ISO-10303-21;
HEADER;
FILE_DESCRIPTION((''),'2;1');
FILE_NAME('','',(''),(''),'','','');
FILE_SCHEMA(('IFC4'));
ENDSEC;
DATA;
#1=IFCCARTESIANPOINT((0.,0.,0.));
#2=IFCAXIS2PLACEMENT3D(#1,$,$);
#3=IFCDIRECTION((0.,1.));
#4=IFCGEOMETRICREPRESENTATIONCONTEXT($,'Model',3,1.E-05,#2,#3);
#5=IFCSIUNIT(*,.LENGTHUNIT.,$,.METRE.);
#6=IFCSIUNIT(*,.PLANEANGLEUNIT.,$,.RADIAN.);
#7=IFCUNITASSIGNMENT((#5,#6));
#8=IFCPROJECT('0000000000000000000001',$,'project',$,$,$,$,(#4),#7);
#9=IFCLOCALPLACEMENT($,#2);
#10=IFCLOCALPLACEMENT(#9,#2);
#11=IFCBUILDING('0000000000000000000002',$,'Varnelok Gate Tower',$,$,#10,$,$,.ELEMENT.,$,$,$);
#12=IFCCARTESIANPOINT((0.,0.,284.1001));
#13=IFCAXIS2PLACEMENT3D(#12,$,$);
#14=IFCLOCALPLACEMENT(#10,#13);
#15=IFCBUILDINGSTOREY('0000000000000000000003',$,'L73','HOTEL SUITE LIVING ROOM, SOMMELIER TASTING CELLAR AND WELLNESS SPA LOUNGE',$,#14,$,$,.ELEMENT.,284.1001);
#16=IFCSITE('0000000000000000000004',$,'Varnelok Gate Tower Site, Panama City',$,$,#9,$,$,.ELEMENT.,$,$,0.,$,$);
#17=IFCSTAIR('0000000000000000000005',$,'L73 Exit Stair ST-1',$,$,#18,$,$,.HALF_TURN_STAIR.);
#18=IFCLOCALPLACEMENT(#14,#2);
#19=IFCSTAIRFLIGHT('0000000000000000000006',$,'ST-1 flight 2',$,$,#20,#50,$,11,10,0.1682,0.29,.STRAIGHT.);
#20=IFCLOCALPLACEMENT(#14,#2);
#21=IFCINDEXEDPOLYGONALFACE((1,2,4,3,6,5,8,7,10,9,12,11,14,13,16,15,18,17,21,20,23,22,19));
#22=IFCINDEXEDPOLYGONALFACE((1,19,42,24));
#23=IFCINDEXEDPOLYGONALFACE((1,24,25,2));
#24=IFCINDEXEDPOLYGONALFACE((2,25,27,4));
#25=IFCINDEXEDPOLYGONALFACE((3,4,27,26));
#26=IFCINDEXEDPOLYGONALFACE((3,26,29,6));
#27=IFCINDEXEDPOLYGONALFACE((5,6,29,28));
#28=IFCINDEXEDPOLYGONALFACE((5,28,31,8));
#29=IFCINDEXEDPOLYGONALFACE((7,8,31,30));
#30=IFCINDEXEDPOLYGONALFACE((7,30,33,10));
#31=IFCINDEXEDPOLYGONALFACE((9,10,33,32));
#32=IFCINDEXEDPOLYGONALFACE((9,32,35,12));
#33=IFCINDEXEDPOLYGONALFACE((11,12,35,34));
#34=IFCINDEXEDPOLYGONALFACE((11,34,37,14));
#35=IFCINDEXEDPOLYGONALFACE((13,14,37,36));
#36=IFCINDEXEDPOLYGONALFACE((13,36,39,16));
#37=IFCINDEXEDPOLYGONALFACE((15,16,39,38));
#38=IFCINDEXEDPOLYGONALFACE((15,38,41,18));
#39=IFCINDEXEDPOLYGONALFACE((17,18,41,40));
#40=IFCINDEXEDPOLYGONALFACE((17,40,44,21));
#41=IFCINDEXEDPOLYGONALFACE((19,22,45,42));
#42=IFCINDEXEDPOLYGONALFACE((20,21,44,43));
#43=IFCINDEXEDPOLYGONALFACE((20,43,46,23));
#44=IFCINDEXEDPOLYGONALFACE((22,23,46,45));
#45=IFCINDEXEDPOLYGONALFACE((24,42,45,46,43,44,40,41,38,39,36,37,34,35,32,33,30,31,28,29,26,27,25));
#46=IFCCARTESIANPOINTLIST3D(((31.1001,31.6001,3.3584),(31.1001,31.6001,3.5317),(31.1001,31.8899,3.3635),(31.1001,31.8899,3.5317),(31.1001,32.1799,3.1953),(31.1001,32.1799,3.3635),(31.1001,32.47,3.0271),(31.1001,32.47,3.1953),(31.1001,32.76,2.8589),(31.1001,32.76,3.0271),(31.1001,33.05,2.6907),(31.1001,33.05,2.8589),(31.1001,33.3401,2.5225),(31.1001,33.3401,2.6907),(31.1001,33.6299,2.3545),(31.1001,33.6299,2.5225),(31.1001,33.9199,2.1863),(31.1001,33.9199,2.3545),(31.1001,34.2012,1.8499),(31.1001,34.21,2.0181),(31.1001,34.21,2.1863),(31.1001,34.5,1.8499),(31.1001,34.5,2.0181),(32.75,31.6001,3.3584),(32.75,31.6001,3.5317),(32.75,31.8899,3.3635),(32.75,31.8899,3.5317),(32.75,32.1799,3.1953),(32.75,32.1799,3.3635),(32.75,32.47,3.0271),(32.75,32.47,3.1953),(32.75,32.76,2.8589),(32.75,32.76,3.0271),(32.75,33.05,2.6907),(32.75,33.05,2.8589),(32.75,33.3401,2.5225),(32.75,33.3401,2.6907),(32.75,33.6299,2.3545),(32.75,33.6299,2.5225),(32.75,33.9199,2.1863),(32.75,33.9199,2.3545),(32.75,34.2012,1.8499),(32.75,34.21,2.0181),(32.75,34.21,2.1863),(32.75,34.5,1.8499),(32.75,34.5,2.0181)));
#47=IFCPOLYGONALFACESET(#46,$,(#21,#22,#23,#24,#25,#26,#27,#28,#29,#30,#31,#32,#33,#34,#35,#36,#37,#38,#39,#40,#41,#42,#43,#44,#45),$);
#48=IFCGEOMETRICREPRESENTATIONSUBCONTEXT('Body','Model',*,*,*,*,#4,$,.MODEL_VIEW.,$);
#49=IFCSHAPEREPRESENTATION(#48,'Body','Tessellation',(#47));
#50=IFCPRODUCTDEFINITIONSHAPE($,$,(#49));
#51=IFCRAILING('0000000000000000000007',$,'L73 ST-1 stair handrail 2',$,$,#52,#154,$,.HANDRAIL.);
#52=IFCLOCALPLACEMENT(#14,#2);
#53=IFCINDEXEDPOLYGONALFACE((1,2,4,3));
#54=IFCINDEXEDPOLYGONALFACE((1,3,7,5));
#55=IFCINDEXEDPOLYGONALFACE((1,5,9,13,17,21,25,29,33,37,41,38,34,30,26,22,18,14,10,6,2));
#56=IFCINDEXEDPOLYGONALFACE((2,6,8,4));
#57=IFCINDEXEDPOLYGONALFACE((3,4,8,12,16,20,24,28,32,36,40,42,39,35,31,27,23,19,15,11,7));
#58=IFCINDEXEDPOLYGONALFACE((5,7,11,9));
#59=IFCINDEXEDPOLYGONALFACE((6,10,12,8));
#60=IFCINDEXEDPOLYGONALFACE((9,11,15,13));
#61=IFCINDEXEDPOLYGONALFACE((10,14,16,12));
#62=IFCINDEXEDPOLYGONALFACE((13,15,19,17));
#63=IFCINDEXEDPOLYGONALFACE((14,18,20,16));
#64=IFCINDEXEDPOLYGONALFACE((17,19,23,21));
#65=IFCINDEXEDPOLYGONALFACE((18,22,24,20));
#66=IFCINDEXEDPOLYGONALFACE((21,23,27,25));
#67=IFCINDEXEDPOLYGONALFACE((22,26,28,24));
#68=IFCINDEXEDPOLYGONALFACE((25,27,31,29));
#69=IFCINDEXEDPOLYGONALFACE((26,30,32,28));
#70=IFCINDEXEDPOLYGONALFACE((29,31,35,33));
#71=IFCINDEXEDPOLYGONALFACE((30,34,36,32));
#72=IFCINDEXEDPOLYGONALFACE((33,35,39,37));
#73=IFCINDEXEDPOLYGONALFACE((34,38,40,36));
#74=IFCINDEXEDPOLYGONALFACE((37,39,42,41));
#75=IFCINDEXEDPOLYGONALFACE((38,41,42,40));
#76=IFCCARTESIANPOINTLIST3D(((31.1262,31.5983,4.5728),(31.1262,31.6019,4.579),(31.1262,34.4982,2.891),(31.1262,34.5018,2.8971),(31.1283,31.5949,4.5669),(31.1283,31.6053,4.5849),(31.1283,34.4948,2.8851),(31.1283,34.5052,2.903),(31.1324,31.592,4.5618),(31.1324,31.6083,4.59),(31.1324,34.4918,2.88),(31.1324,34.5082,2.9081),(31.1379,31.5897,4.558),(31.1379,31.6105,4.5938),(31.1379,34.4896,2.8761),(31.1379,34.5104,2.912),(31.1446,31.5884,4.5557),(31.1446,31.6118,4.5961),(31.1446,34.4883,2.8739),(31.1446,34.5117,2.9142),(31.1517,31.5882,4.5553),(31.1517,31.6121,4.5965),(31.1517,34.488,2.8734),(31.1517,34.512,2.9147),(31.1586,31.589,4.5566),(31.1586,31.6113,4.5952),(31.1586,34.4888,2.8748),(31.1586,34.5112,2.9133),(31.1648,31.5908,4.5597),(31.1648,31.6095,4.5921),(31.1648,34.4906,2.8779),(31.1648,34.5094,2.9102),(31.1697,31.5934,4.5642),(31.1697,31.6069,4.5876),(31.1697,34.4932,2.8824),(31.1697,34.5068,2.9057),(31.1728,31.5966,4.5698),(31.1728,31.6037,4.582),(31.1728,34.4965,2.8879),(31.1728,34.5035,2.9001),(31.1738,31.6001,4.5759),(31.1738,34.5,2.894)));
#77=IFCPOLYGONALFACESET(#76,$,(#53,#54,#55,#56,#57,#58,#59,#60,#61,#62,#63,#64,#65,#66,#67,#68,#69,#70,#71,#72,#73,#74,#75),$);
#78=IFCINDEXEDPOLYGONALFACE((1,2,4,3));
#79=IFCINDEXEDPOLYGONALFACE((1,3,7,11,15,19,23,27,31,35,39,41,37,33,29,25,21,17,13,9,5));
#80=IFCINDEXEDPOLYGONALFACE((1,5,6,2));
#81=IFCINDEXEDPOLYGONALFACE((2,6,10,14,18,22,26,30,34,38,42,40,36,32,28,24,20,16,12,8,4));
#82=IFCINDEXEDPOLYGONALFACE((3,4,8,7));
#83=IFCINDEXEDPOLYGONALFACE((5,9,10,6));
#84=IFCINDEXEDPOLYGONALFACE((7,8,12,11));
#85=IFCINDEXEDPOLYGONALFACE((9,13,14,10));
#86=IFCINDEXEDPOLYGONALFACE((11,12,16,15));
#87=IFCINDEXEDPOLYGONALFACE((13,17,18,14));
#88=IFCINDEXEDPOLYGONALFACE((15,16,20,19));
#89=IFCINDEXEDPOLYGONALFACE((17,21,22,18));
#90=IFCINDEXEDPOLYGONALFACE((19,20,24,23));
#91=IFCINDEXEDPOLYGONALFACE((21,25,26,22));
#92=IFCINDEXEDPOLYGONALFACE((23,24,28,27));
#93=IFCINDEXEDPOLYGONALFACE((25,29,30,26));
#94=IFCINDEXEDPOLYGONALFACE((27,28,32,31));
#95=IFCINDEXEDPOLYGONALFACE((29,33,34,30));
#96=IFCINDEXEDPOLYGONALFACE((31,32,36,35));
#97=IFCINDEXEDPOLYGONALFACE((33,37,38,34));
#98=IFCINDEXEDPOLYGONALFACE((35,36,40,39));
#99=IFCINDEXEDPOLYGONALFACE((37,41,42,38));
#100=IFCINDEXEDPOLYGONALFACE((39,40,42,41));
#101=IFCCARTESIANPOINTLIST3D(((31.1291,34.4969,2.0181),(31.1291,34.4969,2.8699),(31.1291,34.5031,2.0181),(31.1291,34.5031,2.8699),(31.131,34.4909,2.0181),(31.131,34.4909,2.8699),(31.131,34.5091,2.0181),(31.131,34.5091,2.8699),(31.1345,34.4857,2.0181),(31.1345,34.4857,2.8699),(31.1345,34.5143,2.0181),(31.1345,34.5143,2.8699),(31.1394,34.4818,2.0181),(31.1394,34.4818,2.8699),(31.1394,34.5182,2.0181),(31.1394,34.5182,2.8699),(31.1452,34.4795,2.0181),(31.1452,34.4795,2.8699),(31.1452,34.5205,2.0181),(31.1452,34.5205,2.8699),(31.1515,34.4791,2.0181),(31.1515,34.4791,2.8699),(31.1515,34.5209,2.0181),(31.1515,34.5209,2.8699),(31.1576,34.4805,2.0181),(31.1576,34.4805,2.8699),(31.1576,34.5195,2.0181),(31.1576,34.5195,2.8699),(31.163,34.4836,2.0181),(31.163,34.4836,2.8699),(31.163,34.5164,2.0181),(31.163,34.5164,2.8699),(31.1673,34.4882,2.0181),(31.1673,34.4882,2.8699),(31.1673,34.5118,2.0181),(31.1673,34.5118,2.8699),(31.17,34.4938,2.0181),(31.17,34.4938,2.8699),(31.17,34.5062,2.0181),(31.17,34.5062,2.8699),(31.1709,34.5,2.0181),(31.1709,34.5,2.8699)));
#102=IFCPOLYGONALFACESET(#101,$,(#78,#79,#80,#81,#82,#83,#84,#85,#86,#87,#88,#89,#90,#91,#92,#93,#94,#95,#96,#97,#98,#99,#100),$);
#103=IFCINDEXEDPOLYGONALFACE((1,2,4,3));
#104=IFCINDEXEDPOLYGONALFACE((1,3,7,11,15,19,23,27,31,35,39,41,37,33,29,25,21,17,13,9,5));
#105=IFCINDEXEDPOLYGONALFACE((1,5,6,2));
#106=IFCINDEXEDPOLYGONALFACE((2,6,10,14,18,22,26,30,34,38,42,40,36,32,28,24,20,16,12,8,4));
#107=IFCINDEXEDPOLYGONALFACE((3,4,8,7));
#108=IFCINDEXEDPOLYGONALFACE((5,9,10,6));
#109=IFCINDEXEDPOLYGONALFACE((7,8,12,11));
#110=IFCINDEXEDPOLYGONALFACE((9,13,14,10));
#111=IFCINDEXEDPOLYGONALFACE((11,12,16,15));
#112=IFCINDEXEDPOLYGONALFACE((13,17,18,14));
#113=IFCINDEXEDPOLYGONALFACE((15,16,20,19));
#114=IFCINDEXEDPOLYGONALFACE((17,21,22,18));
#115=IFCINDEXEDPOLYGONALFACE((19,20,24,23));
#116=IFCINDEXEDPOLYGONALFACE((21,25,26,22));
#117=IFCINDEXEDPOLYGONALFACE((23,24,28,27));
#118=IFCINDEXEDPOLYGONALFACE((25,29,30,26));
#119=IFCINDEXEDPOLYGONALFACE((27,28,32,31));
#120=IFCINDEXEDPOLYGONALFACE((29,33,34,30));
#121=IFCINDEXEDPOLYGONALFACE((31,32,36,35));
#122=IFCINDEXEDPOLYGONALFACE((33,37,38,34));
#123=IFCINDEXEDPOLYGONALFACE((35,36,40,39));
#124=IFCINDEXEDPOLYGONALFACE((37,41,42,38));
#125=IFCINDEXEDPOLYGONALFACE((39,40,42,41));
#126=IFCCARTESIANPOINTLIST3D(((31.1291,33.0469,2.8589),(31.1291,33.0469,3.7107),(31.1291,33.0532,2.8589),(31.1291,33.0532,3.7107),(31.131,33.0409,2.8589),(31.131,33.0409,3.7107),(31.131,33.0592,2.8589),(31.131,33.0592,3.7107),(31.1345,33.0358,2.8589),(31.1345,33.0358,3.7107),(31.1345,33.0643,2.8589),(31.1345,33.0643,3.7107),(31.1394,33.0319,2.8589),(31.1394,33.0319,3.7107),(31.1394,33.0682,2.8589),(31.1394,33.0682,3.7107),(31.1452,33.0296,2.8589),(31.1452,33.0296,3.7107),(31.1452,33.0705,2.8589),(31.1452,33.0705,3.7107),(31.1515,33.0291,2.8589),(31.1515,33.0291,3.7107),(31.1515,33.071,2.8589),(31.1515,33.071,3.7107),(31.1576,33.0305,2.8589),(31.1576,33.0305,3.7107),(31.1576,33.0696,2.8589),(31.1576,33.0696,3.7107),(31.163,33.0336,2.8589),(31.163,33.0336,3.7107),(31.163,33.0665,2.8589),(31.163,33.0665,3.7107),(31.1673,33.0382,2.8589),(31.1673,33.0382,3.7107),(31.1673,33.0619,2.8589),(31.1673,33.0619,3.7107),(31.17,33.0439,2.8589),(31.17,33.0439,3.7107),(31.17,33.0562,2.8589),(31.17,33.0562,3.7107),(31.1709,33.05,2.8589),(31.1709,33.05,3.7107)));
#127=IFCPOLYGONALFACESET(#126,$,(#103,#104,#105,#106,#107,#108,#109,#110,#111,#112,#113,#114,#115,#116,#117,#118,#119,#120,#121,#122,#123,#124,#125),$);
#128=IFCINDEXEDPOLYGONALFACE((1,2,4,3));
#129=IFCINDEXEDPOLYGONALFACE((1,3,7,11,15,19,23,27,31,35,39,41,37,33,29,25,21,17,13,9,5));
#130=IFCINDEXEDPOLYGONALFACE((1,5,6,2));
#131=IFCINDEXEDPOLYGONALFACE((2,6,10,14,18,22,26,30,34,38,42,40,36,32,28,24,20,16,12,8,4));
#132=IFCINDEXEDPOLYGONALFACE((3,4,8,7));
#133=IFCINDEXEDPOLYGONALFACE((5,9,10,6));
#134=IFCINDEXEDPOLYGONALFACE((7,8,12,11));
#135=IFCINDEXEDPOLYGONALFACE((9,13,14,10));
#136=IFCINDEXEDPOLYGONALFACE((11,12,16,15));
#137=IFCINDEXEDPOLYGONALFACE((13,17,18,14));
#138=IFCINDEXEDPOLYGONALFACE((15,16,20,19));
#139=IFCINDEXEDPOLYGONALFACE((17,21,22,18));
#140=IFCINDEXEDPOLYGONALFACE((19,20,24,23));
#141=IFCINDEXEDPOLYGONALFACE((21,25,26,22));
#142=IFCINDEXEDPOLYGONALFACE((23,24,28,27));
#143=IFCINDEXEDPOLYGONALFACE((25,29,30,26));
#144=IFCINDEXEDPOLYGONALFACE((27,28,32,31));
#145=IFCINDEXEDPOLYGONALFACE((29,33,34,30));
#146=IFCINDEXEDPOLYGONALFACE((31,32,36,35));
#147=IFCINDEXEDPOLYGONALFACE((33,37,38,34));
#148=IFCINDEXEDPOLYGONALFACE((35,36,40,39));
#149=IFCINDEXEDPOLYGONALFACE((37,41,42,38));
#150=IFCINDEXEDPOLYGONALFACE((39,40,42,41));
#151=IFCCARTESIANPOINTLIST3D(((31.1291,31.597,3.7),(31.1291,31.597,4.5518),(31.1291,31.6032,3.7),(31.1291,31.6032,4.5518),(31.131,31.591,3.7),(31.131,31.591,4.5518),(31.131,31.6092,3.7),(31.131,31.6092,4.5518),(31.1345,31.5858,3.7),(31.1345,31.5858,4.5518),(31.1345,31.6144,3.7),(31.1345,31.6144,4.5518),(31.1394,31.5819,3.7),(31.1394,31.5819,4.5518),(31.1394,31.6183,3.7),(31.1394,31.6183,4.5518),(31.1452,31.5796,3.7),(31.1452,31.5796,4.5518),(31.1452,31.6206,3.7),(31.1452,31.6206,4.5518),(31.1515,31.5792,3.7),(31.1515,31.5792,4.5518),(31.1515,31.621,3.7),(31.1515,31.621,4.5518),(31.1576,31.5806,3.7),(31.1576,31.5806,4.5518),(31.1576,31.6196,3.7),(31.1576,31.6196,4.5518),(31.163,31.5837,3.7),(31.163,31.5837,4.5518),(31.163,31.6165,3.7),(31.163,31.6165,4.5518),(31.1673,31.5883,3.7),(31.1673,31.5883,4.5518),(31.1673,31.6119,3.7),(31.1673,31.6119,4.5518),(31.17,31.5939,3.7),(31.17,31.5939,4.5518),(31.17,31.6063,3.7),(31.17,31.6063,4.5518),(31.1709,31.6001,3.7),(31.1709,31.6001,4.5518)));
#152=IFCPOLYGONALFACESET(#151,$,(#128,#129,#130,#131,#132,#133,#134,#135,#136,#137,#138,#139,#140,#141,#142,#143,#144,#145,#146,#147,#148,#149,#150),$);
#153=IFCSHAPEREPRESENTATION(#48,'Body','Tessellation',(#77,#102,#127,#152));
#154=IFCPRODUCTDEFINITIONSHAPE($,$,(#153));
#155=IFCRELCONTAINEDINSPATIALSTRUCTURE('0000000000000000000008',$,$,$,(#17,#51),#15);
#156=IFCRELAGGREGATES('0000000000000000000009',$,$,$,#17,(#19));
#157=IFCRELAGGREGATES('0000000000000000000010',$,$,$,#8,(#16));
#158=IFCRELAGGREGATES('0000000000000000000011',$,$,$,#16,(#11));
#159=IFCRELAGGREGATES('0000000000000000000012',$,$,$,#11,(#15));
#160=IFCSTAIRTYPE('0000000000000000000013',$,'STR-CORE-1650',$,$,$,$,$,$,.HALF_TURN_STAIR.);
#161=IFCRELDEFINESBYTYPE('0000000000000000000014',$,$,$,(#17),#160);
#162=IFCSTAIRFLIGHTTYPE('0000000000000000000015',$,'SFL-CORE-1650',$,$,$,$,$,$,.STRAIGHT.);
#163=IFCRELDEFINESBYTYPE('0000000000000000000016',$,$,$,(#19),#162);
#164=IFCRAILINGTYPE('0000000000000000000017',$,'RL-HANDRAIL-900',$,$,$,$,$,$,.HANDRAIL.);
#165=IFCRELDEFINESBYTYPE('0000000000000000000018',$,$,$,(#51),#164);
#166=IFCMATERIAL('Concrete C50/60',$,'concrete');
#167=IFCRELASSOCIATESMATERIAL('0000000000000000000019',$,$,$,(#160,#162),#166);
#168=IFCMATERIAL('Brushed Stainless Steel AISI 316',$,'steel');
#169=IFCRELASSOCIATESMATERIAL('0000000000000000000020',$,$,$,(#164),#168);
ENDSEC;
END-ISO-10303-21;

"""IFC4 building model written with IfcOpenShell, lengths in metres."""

from ifc_helpers import new_model, si_unit, direction, frame, origin, origin_2d, place, context, subcontext, project, spatial, polyline, circle, outline, extrude, material, type_object, element, aggregate, save


model = new_model("IFC4")

# Units and contexts
model_context = context("Model", 3, precision=1e-05, world=origin(), true_north=direction((0.0, 1.0)))
body_context = subcontext(model_context, "Body", "Model", "MODEL_VIEW")
ifc_project = project(units=[si_unit("LENGTHUNIT", "METRE"), si_unit("PLANEANGLEUNIT", "RADIAN")], contexts=[model_context])

# Site, building, storey
site_placement = place(None, origin())
site = spatial("IfcSite", under=ifc_project, at=site_placement, Name="Varnelok Gate Tower Site, Panama City", CompositionType="ELEMENT", RefElevation=0.0)
building_placement = place(site_placement, origin())
building = spatial("IfcBuilding", under=site, at=building_placement, Name="Varnelok Gate Tower", CompositionType="ELEMENT")
storey_placement = place(building_placement, frame((0.0, 0.0, 284.1001)))
storey = spatial("IfcBuildingStorey", under=building, at=storey_placement, Name="L73", Description="HOTEL SUITE LIVING ROOM, SOMMELIER TASTING CELLAR AND WELLNESS SPA LOUNGE", CompositionType="ELEMENT", Elevation=284.1001)

# Shared definitions
ifc_material_1 = material(Name="Concrete C50/60", Category="concrete")

# Stair, stair flight
stair_type = type_object("IfcStairType", Name="STR-CORE-1650", PredefinedType="HALF_TURN_STAIR", material=ifc_material_1)
stair_placement = place(storey_placement, origin())
stair = element("IfcStair", 1, at=stair_placement, inside=storey, type_object=stair_type, Name="L73 Exit Stair ST-1", PredefinedType="HALF_TURN_STAIR")
stair_flight_type = type_object("IfcStairFlightType", Name="SFL-CORE-1650", PredefinedType="STRAIGHT", material=ifc_material_1)
stair_flight_placement = place(storey_placement, frame((31.925, 34.5, 1.8499), z_axis=(0.0, 0.0, 1.0), x_axis=(0.0, -1.0, 0.0)))
stair_flight = element("IfcStairFlight", 2, at=stair_flight_placement, type_object=stair_flight_type, Name="ST-1 flight 2", NumberOfRisers=11, NumberOfTreads=10, PredefinedType="STRAIGHT", RiserHeight=0.1682, TreadLength=0.29, context=body_context, shape_type="SweptSolid", body=[
    extrude(outline(polyline([(0.0, 0.0), (0.0, 0.1682), (0.29, 0.1682), (0.29, 0.3364), (0.5801, 0.3364), (0.5801, 0.5046), (0.8701, 0.5046), (0.8701, 0.6726), (1.1599, 0.6726), (1.1599, 0.8408), (1.45, 0.8408), (1.45, 1.009), (1.74, 1.009), (1.74, 1.1772), (2.03, 1.1772), (2.03, 1.3455), (2.3201, 1.3455), (2.3201, 1.5137), (2.6101, 1.5137), (2.6101, 1.6819), (2.8999, 1.6819), (2.8999, 1.8501), (2.8999, 1.5085), (0.2988, 0.0), (0.0, 0.0)])), frame((0.0, 0.825, 0.0), z_axis=(0.0, -1.0, 0.0), x_axis=(1.0, 0.0, 0.0)), (0.0, 0.0, 1.0), 1.6499),
])
aggregate(stair, [stair_flight])

# Railing
ifc_material_2 = material(Name="Brushed Stainless Steel AISI 316", Category="steel")
railing_type_1 = type_object("IfcRailingType", Name="RL-HANDRAIL-900", PredefinedType="HANDRAIL", material=ifc_material_2)
railing_1_placement = place(storey_placement, frame((31.1499, 34.5, 2.0181)))
element("IfcRailing", 3, at=railing_1_placement, inside=storey, type_object=railing_type_1, Name="L73 ST-1 stair handrail 2", PredefinedType="HANDRAIL", context=body_context, shape_type="SweptSolid", body=[
    extrude(circle(Radius=0.0239, at=origin_2d()), frame((0.0, 0.0, 0.876), z_axis=(0.0, -0.865039, 0.501705), x_axis=(1.0, 0.0, 0.0)), (0.0, 0.0, 1.0), 3.3523),
    extrude(circle(Radius=0.021, at=origin_2d()), origin(), (0.0, 0.0, 1.0), 0.8518),
    extrude(circle(Radius=0.021, at=origin_2d()), frame((0.0, -1.45, 0.8408)), (0.0, 0.0, 1.0), 0.8518),
    extrude(circle(Radius=0.021, at=origin_2d()), frame((0.0, -2.8999, 1.6819)), (0.0, 0.0, 1.0), 0.8518),
])

save(model, "model.ifc")
